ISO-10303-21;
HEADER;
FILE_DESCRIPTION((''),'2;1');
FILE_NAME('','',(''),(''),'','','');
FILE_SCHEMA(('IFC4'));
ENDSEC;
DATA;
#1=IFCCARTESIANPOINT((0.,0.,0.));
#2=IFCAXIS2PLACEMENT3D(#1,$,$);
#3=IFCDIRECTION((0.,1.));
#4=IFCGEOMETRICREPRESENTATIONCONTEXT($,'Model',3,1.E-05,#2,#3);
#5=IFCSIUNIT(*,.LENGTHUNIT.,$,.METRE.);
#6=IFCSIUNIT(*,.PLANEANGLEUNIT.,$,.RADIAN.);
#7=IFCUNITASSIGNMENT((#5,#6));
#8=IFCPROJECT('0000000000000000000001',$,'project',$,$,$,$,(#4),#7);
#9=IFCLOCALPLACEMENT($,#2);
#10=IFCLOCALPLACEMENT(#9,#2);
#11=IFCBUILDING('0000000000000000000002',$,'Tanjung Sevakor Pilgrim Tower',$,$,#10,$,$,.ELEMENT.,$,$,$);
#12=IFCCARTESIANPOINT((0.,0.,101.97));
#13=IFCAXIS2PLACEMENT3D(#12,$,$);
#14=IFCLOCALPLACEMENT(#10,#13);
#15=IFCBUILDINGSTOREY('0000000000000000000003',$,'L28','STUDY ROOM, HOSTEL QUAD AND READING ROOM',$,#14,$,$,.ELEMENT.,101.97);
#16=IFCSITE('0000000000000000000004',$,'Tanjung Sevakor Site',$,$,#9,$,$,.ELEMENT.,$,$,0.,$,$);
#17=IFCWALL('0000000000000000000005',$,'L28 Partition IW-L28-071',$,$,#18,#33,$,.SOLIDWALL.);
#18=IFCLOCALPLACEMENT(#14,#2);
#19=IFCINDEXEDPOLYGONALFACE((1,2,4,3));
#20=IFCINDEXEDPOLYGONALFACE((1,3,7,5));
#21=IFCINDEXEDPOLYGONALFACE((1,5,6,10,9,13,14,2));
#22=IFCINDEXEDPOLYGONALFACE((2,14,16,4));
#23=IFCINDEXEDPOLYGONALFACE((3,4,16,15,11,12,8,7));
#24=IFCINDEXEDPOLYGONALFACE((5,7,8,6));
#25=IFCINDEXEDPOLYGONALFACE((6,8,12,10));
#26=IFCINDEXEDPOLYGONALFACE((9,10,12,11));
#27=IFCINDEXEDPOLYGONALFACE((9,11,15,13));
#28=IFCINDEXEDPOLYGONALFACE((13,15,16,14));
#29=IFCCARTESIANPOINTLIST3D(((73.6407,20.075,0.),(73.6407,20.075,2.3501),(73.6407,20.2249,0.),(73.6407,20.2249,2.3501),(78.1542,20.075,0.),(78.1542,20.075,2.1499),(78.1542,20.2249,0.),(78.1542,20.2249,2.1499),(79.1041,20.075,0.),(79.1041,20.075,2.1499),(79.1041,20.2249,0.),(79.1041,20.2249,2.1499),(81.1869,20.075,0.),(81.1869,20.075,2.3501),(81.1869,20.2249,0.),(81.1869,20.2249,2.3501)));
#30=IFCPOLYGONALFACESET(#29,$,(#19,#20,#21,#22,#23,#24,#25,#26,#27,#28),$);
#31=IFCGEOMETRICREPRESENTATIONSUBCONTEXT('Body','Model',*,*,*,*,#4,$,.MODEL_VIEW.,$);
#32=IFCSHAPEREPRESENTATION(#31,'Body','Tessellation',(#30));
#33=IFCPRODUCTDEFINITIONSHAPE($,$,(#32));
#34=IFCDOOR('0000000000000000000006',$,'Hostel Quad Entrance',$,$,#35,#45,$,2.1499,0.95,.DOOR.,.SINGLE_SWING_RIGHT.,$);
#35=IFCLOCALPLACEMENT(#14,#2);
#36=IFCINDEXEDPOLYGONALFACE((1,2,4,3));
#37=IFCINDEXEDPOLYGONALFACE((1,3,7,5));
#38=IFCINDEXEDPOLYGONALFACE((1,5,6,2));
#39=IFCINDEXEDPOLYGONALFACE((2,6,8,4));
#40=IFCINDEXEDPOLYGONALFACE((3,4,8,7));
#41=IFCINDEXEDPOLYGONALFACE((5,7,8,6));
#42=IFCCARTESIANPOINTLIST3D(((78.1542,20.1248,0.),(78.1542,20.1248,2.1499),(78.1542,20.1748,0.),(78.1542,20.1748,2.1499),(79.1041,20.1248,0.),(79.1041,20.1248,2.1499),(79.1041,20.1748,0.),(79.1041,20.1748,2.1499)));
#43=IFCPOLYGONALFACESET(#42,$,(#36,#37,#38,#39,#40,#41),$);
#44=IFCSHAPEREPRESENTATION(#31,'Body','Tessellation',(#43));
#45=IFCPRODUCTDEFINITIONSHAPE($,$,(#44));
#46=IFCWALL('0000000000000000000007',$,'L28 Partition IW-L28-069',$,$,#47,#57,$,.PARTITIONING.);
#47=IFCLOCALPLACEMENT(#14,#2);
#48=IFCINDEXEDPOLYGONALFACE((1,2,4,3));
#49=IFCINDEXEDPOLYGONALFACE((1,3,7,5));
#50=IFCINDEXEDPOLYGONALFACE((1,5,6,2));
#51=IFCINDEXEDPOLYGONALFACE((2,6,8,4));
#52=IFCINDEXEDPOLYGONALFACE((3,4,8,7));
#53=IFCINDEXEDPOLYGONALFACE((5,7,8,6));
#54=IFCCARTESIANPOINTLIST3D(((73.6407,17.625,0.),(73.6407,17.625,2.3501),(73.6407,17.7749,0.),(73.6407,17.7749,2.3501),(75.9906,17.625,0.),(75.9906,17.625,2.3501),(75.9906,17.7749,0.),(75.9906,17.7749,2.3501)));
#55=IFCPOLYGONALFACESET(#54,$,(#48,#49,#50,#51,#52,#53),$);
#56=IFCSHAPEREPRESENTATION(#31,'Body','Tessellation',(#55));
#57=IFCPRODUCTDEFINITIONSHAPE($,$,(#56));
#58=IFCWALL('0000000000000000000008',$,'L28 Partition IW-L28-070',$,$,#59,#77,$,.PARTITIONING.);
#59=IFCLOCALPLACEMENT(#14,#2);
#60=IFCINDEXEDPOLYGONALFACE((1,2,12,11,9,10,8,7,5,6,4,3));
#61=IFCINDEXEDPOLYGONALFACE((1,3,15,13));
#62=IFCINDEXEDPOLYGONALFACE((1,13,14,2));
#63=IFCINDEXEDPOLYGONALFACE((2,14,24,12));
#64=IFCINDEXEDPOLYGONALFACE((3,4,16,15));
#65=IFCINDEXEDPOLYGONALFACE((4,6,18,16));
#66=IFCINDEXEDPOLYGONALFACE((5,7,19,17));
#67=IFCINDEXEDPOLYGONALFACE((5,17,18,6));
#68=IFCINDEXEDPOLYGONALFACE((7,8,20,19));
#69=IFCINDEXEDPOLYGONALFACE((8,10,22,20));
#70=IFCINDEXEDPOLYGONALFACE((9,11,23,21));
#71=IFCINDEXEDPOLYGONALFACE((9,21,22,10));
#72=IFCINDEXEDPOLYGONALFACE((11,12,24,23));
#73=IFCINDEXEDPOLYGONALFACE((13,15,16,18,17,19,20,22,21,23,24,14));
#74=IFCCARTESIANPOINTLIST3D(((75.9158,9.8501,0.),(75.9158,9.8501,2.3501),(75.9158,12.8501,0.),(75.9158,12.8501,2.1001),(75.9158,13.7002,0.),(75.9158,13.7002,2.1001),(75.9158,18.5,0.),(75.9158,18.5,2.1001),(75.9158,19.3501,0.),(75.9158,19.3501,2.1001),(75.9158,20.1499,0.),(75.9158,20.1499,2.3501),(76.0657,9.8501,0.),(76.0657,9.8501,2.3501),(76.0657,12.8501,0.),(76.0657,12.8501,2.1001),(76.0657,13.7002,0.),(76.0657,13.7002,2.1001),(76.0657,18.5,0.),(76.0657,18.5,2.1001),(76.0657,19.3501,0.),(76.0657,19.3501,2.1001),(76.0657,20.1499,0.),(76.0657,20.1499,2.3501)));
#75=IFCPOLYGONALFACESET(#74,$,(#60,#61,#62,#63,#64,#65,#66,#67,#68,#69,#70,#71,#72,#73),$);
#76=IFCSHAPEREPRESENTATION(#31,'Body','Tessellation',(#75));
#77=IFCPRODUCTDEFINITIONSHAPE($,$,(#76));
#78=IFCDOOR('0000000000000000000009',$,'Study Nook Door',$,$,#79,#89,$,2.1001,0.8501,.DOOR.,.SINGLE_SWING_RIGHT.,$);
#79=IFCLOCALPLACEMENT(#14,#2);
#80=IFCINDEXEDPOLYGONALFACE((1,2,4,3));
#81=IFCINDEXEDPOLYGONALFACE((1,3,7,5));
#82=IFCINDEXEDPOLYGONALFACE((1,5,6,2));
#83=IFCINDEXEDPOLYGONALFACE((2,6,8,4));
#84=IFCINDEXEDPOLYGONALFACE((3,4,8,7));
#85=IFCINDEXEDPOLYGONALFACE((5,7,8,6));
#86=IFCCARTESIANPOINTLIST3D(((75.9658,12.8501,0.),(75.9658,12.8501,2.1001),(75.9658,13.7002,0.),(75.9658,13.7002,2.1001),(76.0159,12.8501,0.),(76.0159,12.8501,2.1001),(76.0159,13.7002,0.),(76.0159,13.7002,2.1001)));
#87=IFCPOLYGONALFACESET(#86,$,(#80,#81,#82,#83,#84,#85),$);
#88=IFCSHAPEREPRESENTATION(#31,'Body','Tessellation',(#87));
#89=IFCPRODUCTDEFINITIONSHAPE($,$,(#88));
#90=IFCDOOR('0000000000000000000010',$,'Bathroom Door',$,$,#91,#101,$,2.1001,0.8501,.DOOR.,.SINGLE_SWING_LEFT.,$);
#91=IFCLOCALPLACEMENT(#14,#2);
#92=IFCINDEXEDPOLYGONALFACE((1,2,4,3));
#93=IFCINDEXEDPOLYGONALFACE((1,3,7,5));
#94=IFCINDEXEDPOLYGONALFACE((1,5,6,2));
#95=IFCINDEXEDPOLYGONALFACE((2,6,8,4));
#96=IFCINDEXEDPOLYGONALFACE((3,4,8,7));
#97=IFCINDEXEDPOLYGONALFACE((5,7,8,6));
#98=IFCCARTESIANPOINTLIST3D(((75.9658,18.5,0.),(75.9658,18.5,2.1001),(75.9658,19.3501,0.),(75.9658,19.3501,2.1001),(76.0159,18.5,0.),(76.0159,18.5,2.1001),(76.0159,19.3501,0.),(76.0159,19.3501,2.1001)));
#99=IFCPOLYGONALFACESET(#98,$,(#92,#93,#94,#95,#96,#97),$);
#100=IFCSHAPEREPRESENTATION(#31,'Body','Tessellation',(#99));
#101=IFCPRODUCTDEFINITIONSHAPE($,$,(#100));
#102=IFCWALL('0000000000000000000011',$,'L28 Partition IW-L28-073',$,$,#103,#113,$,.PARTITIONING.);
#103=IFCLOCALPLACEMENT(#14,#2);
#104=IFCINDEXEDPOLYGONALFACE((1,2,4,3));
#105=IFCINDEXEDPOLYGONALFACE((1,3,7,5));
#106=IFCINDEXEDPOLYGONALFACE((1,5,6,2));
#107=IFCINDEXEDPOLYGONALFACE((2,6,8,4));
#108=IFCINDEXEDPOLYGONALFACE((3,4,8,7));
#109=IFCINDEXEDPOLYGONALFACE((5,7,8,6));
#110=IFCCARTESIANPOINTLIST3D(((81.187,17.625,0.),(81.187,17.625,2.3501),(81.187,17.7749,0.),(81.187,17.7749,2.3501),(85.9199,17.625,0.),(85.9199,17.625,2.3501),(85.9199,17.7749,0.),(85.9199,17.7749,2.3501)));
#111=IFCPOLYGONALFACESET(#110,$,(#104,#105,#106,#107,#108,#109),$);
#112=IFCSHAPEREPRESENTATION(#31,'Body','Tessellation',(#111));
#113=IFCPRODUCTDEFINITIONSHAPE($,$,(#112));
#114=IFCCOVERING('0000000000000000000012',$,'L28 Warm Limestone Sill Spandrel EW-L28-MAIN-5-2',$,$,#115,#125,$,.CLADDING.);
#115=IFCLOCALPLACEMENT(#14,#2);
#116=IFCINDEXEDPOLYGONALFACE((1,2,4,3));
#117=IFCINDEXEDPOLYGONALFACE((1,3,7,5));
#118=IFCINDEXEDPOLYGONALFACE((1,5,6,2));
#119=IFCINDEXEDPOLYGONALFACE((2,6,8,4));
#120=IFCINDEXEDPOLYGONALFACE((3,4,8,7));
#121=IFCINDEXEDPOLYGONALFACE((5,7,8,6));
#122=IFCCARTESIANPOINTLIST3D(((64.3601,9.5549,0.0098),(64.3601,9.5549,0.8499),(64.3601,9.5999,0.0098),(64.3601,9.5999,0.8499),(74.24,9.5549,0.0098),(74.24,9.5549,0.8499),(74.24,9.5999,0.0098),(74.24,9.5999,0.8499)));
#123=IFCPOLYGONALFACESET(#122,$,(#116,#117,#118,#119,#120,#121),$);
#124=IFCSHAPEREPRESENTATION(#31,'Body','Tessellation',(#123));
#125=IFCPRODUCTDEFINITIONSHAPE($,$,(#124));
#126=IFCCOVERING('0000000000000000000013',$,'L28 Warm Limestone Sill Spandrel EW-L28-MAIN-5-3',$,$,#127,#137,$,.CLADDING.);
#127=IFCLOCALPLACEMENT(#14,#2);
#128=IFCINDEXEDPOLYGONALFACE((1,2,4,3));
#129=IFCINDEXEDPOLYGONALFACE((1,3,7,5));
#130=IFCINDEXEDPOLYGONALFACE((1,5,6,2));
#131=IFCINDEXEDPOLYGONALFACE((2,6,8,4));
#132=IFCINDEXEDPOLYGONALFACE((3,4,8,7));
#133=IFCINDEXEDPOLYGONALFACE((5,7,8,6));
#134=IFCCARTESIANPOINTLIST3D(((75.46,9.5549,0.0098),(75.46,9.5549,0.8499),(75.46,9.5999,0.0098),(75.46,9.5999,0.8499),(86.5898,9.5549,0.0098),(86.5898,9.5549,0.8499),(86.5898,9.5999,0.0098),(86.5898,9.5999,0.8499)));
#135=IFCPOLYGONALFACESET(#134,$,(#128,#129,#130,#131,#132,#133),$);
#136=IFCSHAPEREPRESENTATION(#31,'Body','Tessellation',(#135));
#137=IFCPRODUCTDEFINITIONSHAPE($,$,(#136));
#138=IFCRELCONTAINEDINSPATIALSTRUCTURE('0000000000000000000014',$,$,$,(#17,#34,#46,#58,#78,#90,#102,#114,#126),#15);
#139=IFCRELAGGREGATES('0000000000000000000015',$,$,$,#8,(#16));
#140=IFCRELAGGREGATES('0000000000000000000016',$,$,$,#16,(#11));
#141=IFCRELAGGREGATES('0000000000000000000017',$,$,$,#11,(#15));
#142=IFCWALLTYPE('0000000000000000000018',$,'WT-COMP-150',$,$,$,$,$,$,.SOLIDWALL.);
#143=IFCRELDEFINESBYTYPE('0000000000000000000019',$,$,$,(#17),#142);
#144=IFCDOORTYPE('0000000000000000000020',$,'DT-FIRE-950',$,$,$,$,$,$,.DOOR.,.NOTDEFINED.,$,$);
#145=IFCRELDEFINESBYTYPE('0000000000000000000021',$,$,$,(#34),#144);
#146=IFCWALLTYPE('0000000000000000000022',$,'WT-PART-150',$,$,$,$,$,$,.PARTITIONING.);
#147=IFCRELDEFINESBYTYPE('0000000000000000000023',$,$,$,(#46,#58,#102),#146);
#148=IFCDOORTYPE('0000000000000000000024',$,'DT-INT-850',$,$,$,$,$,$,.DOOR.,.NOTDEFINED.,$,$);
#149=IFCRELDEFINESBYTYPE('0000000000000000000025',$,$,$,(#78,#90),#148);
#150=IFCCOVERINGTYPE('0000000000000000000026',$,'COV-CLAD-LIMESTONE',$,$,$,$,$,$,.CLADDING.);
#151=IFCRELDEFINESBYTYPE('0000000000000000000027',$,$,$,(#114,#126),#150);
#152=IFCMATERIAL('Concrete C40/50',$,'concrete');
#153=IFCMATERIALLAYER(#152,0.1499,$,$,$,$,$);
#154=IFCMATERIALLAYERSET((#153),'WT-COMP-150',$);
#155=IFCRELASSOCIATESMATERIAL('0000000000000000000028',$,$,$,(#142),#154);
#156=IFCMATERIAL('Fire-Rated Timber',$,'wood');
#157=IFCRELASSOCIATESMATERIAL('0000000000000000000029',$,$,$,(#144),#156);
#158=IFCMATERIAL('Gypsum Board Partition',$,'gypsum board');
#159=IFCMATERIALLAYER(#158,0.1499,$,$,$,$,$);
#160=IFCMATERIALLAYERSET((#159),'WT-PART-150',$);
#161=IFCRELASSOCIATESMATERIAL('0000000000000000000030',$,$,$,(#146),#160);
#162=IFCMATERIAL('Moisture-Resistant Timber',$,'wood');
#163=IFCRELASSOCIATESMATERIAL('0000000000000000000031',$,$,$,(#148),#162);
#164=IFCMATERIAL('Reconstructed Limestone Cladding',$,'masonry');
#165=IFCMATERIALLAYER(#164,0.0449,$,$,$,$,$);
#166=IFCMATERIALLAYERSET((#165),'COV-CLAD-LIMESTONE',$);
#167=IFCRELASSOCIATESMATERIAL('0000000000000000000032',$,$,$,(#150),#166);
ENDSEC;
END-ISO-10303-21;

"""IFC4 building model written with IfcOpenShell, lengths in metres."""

from ifc_helpers import new_model, si_unit, direction, frame, frame_2d, origin, origin_2d, place, context, subcontext, project, spatial, rectangle, extrude, material, layer, layer_set, type_object, element, fill, save


model = new_model("IFC4")

# Units and contexts
model_context = context("Model", 3, precision=1e-05, world=origin(), true_north=direction((0.0, 1.0)))
body_context = subcontext(model_context, "Body", "Model", "MODEL_VIEW")
ifc_project = project(units=[si_unit("LENGTHUNIT", "METRE"), si_unit("PLANEANGLEUNIT", "RADIAN")], contexts=[model_context])

# Site, building, storey
site_placement = place(None, origin())
site = spatial("IfcSite", under=ifc_project, at=site_placement, Name="Tanjung Sevakor Site", CompositionType="ELEMENT", RefElevation=0.0)
building_placement = place(site_placement, origin())
building = spatial("IfcBuilding", under=site, at=building_placement, Name="Tanjung Sevakor Pilgrim Tower", CompositionType="ELEMENT")
storey_placement = place(building_placement, frame((0.0, 0.0, 101.97)))
storey = spatial("IfcBuildingStorey", under=building, at=storey_placement, Name="L28", Description="STUDY ROOM, HOSTEL QUAD AND READING ROOM", CompositionType="ELEMENT", Elevation=101.97)

# Shared definitions
ifc_material_1 = material(Name="Concrete C40/50", Category="concrete")
ifc_layer_1 = layer(ifc_material_1, 0.1499)
ifc_layer_set_1 = layer_set([ifc_layer_1], Name="WT-COMP-150")
wall_type_1 = type_object("IfcWallType", Name="WT-COMP-150", PredefinedType="SOLIDWALL", material=ifc_layer_set_1)

# Wall, opening, door
wall_1_placement = place(storey_placement, frame((73.6409, 20.1499, 0.0), z_axis=(0.0, 0.0, 1.0), x_axis=(1.0, 0.0, 0.0)))
wall_1 = element("IfcWall", 1, at=wall_1_placement, inside=storey, type_object=wall_type_1, Name="L28 Partition IW-L28-071", PredefinedType="SOLIDWALL", context=body_context, shape_type="SweptSolid", body=[
    extrude(rectangle(XDim=7.5461, YDim=0.1499, at=frame_2d((3.7729, 0.0))), origin(), (0.0, 0.0, 1.0), 2.3501),
])
opening_1_placement = place(wall_1_placement, frame((4.5132, 0.0, 0.0)))
opening_1 = element("IfcOpeningElement", 2, at=opening_1_placement, cuts=wall_1, PredefinedType="OPENING", context=body_context, shape_type="SweptSolid", body=[
    extrude(rectangle(XDim=0.95, YDim=2.1499, at=frame_2d((0.4751, 1.075))), frame((0.0, 0.085, 0.0), z_axis=(0.0, -1.0, 0.0), x_axis=(1.0, 0.0, 0.0)), (0.0, 0.0, 1.0), 0.1699),
])
ifc_material_2 = material(Name="Fire-Rated Timber", Category="wood")
door_type_1 = type_object("IfcDoorType", Name="DT-FIRE-950", OperationType="NOTDEFINED", PredefinedType="DOOR", material=ifc_material_2)
door_1_placement = place(opening_1_placement, origin())
door_1 = element("IfcDoor", 3, at=door_1_placement, inside=storey, type_object=door_type_1, Name="Hostel Quad Entrance", OperationType="SINGLE_SWING_RIGHT", OverallHeight=2.1499, OverallWidth=0.95, PredefinedType="DOOR", context=body_context, shape_type="SweptSolid", body=[
    extrude(rectangle(XDim=0.95, YDim=2.1499, at=frame_2d((0.4751, 1.075))), frame((0.0, 0.0249, 0.0), z_axis=(0.0, -1.0, 0.0), x_axis=(1.0, 0.0, 0.0)), (0.0, 0.0, 1.0), 0.05),
])
fill(opening_1, door_1)

# Wall
ifc_material_3 = material(Name="Gypsum Board Partition", Category="gypsum board")
ifc_layer_2 = layer(ifc_material_3, 0.1499)
ifc_layer_set_2 = layer_set([ifc_layer_2], Name="WT-PART-150")
wall_type_2 = type_object("IfcWallType", Name="WT-PART-150", PredefinedType="PARTITIONING", material=ifc_layer_set_2)
wall_2_placement = place(storey_placement, frame((73.6409, 17.7, 0.0), z_axis=(0.0, 0.0, 1.0), x_axis=(1.0, 0.0, 0.0)))
element("IfcWall", 4, at=wall_2_placement, inside=storey, type_object=wall_type_2, Name="L28 Partition IW-L28-069", PredefinedType="PARTITIONING", context=body_context, shape_type="SweptSolid", body=[
    extrude(rectangle(XDim=2.3499, YDim=0.1499, at=frame_2d((1.1748, 0.0))), origin(), (0.0, 0.0, 1.0), 2.3501),
])

# Wall, openings, doors
wall_3_placement = place(storey_placement, frame((75.9907, 9.8501, 0.0), z_axis=(0.0, 0.0, 1.0), x_axis=(0.0, 1.0, 0.0)))
wall_3 = element("IfcWall", 5, at=wall_3_placement, inside=storey, type_object=wall_type_2, Name="L28 Partition IW-L28-070", PredefinedType="PARTITIONING", context=body_context, shape_type="SweptSolid", body=[
    extrude(rectangle(XDim=10.2998, YDim=0.1499, at=frame_2d((5.1499, 0.0))), origin(), (0.0, 0.0, 1.0), 2.3501),
])
opening_2_placement = place(wall_3_placement, frame((3.0, 0.0, 0.0)))
opening_2 = element("IfcOpeningElement", 6, at=opening_2_placement, cuts=wall_3, PredefinedType="OPENING", context=body_context, shape_type="SweptSolid", body=[
    extrude(rectangle(XDim=0.8501, YDim=2.1001, at=frame_2d((0.425, 1.05))), frame((0.0, 0.085, 0.0), z_axis=(0.0, -1.0, 0.0), x_axis=(1.0, 0.0, 0.0)), (0.0, 0.0, 1.0), 0.1699),
])
opening_3_placement = place(wall_3_placement, frame((8.6499, 0.0, 0.0)))
opening_3 = element("IfcOpeningElement", 7, at=opening_3_placement, cuts=wall_3, PredefinedType="OPENING", context=body_context, shape_type="SweptSolid", body=[
    extrude(rectangle(XDim=0.8501, YDim=2.1001, at=frame_2d((0.425, 1.05))), frame((0.0, 0.085, 0.0), z_axis=(0.0, -1.0, 0.0), x_axis=(1.0, 0.0, 0.0)), (0.0, 0.0, 1.0), 0.1699),
])
ifc_material_4 = material(Name="Moisture-Resistant Timber", Category="wood")
door_type_2 = type_object("IfcDoorType", Name="DT-INT-850", OperationType="NOTDEFINED", PredefinedType="DOOR", material=ifc_material_4)
door_2_placement = place(opening_2_placement, origin())
door_2 = element("IfcDoor", 8, at=door_2_placement, inside=storey, type_object=door_type_2, Name="Study Nook Door", OperationType="SINGLE_SWING_RIGHT", OverallHeight=2.1001, OverallWidth=0.8501, PredefinedType="DOOR", context=body_context, shape_type="SweptSolid", body=[
    extrude(rectangle(XDim=0.8501, YDim=2.1001, at=frame_2d((0.425, 1.05))), frame((0.0, 0.0249, 0.0), z_axis=(0.0, -1.0, 0.0), x_axis=(1.0, 0.0, 0.0)), (0.0, 0.0, 1.0), 0.05),
])
fill(opening_2, door_2)
door_3_placement = place(opening_3_placement, origin())
door_3 = element("IfcDoor", 9, at=door_3_placement, inside=storey, type_object=door_type_2, Name="Bathroom Door", OperationType="SINGLE_SWING_LEFT", OverallHeight=2.1001, OverallWidth=0.8501, PredefinedType="DOOR", context=body_context, shape_type="SweptSolid", body=[
    extrude(rectangle(XDim=0.8501, YDim=2.1001, at=frame_2d((0.425, 1.05))), frame((0.0, 0.0249, 0.0), z_axis=(0.0, -1.0, 0.0), x_axis=(1.0, 0.0, 0.0)), (0.0, 0.0, 1.0), 0.05),
])
fill(opening_3, door_3)

# Wall
wall_4_placement = place(storey_placement, frame((81.187, 17.7, 0.0), z_axis=(0.0, 0.0, 1.0), x_axis=(1.0, 0.0, 0.0)))
element("IfcWall", 10, at=wall_4_placement, inside=storey, type_object=wall_type_2, Name="L28 Partition IW-L28-073", PredefinedType="PARTITIONING", context=body_context, shape_type="SweptSolid", body=[
    extrude(rectangle(XDim=4.7329, YDim=0.1499, at=frame_2d((2.3665, 0.0))), origin(), (0.0, 0.0, 1.0), 2.3501),
])

# Coverings
ifc_material_5 = material(Name="Reconstructed Limestone Cladding", Category="masonry")
ifc_layer_3 = layer(ifc_material_5, 0.0449)
ifc_layer_set_3 = layer_set([ifc_layer_3], Name="COV-CLAD-LIMESTONE")
covering_type = type_object("IfcCoveringType", Name="COV-CLAD-LIMESTONE", PredefinedType="CLADDING", material=ifc_layer_set_3)
covering_1_placement = place(storey_placement, frame((69.3, 9.5774, 0.0098), z_axis=(0.0, 0.0, 1.0), x_axis=(1.0, 0.0, 0.0)))
element("IfcCovering", 11, at=covering_1_placement, inside=storey, type_object=covering_type, Name="L28 Warm Limestone Sill Spandrel EW-L28-MAIN-5-2", PredefinedType="CLADDING", context=body_context, shape_type="SweptSolid", body=[
    extrude(rectangle(XDim=9.8799, YDim=0.0449, at=origin_2d()), origin(), (0.0, 0.0, 1.0), 0.8401),
])
covering_2_placement = place(storey_placement, frame((81.0249, 9.5774, 0.0098), z_axis=(0.0, 0.0, 1.0), x_axis=(1.0, 0.0, 0.0)))
element("IfcCovering", 12, at=covering_2_placement, inside=storey, type_object=covering_type, Name="L28 Warm Limestone Sill Spandrel EW-L28-MAIN-5-3", PredefinedType="CLADDING", context=body_context, shape_type="SweptSolid", body=[
    extrude(rectangle(XDim=11.1299, YDim=0.0449, at=origin_2d()), origin(), (0.0, 0.0, 1.0), 0.8401),
])

save(model, "model.ifc")
